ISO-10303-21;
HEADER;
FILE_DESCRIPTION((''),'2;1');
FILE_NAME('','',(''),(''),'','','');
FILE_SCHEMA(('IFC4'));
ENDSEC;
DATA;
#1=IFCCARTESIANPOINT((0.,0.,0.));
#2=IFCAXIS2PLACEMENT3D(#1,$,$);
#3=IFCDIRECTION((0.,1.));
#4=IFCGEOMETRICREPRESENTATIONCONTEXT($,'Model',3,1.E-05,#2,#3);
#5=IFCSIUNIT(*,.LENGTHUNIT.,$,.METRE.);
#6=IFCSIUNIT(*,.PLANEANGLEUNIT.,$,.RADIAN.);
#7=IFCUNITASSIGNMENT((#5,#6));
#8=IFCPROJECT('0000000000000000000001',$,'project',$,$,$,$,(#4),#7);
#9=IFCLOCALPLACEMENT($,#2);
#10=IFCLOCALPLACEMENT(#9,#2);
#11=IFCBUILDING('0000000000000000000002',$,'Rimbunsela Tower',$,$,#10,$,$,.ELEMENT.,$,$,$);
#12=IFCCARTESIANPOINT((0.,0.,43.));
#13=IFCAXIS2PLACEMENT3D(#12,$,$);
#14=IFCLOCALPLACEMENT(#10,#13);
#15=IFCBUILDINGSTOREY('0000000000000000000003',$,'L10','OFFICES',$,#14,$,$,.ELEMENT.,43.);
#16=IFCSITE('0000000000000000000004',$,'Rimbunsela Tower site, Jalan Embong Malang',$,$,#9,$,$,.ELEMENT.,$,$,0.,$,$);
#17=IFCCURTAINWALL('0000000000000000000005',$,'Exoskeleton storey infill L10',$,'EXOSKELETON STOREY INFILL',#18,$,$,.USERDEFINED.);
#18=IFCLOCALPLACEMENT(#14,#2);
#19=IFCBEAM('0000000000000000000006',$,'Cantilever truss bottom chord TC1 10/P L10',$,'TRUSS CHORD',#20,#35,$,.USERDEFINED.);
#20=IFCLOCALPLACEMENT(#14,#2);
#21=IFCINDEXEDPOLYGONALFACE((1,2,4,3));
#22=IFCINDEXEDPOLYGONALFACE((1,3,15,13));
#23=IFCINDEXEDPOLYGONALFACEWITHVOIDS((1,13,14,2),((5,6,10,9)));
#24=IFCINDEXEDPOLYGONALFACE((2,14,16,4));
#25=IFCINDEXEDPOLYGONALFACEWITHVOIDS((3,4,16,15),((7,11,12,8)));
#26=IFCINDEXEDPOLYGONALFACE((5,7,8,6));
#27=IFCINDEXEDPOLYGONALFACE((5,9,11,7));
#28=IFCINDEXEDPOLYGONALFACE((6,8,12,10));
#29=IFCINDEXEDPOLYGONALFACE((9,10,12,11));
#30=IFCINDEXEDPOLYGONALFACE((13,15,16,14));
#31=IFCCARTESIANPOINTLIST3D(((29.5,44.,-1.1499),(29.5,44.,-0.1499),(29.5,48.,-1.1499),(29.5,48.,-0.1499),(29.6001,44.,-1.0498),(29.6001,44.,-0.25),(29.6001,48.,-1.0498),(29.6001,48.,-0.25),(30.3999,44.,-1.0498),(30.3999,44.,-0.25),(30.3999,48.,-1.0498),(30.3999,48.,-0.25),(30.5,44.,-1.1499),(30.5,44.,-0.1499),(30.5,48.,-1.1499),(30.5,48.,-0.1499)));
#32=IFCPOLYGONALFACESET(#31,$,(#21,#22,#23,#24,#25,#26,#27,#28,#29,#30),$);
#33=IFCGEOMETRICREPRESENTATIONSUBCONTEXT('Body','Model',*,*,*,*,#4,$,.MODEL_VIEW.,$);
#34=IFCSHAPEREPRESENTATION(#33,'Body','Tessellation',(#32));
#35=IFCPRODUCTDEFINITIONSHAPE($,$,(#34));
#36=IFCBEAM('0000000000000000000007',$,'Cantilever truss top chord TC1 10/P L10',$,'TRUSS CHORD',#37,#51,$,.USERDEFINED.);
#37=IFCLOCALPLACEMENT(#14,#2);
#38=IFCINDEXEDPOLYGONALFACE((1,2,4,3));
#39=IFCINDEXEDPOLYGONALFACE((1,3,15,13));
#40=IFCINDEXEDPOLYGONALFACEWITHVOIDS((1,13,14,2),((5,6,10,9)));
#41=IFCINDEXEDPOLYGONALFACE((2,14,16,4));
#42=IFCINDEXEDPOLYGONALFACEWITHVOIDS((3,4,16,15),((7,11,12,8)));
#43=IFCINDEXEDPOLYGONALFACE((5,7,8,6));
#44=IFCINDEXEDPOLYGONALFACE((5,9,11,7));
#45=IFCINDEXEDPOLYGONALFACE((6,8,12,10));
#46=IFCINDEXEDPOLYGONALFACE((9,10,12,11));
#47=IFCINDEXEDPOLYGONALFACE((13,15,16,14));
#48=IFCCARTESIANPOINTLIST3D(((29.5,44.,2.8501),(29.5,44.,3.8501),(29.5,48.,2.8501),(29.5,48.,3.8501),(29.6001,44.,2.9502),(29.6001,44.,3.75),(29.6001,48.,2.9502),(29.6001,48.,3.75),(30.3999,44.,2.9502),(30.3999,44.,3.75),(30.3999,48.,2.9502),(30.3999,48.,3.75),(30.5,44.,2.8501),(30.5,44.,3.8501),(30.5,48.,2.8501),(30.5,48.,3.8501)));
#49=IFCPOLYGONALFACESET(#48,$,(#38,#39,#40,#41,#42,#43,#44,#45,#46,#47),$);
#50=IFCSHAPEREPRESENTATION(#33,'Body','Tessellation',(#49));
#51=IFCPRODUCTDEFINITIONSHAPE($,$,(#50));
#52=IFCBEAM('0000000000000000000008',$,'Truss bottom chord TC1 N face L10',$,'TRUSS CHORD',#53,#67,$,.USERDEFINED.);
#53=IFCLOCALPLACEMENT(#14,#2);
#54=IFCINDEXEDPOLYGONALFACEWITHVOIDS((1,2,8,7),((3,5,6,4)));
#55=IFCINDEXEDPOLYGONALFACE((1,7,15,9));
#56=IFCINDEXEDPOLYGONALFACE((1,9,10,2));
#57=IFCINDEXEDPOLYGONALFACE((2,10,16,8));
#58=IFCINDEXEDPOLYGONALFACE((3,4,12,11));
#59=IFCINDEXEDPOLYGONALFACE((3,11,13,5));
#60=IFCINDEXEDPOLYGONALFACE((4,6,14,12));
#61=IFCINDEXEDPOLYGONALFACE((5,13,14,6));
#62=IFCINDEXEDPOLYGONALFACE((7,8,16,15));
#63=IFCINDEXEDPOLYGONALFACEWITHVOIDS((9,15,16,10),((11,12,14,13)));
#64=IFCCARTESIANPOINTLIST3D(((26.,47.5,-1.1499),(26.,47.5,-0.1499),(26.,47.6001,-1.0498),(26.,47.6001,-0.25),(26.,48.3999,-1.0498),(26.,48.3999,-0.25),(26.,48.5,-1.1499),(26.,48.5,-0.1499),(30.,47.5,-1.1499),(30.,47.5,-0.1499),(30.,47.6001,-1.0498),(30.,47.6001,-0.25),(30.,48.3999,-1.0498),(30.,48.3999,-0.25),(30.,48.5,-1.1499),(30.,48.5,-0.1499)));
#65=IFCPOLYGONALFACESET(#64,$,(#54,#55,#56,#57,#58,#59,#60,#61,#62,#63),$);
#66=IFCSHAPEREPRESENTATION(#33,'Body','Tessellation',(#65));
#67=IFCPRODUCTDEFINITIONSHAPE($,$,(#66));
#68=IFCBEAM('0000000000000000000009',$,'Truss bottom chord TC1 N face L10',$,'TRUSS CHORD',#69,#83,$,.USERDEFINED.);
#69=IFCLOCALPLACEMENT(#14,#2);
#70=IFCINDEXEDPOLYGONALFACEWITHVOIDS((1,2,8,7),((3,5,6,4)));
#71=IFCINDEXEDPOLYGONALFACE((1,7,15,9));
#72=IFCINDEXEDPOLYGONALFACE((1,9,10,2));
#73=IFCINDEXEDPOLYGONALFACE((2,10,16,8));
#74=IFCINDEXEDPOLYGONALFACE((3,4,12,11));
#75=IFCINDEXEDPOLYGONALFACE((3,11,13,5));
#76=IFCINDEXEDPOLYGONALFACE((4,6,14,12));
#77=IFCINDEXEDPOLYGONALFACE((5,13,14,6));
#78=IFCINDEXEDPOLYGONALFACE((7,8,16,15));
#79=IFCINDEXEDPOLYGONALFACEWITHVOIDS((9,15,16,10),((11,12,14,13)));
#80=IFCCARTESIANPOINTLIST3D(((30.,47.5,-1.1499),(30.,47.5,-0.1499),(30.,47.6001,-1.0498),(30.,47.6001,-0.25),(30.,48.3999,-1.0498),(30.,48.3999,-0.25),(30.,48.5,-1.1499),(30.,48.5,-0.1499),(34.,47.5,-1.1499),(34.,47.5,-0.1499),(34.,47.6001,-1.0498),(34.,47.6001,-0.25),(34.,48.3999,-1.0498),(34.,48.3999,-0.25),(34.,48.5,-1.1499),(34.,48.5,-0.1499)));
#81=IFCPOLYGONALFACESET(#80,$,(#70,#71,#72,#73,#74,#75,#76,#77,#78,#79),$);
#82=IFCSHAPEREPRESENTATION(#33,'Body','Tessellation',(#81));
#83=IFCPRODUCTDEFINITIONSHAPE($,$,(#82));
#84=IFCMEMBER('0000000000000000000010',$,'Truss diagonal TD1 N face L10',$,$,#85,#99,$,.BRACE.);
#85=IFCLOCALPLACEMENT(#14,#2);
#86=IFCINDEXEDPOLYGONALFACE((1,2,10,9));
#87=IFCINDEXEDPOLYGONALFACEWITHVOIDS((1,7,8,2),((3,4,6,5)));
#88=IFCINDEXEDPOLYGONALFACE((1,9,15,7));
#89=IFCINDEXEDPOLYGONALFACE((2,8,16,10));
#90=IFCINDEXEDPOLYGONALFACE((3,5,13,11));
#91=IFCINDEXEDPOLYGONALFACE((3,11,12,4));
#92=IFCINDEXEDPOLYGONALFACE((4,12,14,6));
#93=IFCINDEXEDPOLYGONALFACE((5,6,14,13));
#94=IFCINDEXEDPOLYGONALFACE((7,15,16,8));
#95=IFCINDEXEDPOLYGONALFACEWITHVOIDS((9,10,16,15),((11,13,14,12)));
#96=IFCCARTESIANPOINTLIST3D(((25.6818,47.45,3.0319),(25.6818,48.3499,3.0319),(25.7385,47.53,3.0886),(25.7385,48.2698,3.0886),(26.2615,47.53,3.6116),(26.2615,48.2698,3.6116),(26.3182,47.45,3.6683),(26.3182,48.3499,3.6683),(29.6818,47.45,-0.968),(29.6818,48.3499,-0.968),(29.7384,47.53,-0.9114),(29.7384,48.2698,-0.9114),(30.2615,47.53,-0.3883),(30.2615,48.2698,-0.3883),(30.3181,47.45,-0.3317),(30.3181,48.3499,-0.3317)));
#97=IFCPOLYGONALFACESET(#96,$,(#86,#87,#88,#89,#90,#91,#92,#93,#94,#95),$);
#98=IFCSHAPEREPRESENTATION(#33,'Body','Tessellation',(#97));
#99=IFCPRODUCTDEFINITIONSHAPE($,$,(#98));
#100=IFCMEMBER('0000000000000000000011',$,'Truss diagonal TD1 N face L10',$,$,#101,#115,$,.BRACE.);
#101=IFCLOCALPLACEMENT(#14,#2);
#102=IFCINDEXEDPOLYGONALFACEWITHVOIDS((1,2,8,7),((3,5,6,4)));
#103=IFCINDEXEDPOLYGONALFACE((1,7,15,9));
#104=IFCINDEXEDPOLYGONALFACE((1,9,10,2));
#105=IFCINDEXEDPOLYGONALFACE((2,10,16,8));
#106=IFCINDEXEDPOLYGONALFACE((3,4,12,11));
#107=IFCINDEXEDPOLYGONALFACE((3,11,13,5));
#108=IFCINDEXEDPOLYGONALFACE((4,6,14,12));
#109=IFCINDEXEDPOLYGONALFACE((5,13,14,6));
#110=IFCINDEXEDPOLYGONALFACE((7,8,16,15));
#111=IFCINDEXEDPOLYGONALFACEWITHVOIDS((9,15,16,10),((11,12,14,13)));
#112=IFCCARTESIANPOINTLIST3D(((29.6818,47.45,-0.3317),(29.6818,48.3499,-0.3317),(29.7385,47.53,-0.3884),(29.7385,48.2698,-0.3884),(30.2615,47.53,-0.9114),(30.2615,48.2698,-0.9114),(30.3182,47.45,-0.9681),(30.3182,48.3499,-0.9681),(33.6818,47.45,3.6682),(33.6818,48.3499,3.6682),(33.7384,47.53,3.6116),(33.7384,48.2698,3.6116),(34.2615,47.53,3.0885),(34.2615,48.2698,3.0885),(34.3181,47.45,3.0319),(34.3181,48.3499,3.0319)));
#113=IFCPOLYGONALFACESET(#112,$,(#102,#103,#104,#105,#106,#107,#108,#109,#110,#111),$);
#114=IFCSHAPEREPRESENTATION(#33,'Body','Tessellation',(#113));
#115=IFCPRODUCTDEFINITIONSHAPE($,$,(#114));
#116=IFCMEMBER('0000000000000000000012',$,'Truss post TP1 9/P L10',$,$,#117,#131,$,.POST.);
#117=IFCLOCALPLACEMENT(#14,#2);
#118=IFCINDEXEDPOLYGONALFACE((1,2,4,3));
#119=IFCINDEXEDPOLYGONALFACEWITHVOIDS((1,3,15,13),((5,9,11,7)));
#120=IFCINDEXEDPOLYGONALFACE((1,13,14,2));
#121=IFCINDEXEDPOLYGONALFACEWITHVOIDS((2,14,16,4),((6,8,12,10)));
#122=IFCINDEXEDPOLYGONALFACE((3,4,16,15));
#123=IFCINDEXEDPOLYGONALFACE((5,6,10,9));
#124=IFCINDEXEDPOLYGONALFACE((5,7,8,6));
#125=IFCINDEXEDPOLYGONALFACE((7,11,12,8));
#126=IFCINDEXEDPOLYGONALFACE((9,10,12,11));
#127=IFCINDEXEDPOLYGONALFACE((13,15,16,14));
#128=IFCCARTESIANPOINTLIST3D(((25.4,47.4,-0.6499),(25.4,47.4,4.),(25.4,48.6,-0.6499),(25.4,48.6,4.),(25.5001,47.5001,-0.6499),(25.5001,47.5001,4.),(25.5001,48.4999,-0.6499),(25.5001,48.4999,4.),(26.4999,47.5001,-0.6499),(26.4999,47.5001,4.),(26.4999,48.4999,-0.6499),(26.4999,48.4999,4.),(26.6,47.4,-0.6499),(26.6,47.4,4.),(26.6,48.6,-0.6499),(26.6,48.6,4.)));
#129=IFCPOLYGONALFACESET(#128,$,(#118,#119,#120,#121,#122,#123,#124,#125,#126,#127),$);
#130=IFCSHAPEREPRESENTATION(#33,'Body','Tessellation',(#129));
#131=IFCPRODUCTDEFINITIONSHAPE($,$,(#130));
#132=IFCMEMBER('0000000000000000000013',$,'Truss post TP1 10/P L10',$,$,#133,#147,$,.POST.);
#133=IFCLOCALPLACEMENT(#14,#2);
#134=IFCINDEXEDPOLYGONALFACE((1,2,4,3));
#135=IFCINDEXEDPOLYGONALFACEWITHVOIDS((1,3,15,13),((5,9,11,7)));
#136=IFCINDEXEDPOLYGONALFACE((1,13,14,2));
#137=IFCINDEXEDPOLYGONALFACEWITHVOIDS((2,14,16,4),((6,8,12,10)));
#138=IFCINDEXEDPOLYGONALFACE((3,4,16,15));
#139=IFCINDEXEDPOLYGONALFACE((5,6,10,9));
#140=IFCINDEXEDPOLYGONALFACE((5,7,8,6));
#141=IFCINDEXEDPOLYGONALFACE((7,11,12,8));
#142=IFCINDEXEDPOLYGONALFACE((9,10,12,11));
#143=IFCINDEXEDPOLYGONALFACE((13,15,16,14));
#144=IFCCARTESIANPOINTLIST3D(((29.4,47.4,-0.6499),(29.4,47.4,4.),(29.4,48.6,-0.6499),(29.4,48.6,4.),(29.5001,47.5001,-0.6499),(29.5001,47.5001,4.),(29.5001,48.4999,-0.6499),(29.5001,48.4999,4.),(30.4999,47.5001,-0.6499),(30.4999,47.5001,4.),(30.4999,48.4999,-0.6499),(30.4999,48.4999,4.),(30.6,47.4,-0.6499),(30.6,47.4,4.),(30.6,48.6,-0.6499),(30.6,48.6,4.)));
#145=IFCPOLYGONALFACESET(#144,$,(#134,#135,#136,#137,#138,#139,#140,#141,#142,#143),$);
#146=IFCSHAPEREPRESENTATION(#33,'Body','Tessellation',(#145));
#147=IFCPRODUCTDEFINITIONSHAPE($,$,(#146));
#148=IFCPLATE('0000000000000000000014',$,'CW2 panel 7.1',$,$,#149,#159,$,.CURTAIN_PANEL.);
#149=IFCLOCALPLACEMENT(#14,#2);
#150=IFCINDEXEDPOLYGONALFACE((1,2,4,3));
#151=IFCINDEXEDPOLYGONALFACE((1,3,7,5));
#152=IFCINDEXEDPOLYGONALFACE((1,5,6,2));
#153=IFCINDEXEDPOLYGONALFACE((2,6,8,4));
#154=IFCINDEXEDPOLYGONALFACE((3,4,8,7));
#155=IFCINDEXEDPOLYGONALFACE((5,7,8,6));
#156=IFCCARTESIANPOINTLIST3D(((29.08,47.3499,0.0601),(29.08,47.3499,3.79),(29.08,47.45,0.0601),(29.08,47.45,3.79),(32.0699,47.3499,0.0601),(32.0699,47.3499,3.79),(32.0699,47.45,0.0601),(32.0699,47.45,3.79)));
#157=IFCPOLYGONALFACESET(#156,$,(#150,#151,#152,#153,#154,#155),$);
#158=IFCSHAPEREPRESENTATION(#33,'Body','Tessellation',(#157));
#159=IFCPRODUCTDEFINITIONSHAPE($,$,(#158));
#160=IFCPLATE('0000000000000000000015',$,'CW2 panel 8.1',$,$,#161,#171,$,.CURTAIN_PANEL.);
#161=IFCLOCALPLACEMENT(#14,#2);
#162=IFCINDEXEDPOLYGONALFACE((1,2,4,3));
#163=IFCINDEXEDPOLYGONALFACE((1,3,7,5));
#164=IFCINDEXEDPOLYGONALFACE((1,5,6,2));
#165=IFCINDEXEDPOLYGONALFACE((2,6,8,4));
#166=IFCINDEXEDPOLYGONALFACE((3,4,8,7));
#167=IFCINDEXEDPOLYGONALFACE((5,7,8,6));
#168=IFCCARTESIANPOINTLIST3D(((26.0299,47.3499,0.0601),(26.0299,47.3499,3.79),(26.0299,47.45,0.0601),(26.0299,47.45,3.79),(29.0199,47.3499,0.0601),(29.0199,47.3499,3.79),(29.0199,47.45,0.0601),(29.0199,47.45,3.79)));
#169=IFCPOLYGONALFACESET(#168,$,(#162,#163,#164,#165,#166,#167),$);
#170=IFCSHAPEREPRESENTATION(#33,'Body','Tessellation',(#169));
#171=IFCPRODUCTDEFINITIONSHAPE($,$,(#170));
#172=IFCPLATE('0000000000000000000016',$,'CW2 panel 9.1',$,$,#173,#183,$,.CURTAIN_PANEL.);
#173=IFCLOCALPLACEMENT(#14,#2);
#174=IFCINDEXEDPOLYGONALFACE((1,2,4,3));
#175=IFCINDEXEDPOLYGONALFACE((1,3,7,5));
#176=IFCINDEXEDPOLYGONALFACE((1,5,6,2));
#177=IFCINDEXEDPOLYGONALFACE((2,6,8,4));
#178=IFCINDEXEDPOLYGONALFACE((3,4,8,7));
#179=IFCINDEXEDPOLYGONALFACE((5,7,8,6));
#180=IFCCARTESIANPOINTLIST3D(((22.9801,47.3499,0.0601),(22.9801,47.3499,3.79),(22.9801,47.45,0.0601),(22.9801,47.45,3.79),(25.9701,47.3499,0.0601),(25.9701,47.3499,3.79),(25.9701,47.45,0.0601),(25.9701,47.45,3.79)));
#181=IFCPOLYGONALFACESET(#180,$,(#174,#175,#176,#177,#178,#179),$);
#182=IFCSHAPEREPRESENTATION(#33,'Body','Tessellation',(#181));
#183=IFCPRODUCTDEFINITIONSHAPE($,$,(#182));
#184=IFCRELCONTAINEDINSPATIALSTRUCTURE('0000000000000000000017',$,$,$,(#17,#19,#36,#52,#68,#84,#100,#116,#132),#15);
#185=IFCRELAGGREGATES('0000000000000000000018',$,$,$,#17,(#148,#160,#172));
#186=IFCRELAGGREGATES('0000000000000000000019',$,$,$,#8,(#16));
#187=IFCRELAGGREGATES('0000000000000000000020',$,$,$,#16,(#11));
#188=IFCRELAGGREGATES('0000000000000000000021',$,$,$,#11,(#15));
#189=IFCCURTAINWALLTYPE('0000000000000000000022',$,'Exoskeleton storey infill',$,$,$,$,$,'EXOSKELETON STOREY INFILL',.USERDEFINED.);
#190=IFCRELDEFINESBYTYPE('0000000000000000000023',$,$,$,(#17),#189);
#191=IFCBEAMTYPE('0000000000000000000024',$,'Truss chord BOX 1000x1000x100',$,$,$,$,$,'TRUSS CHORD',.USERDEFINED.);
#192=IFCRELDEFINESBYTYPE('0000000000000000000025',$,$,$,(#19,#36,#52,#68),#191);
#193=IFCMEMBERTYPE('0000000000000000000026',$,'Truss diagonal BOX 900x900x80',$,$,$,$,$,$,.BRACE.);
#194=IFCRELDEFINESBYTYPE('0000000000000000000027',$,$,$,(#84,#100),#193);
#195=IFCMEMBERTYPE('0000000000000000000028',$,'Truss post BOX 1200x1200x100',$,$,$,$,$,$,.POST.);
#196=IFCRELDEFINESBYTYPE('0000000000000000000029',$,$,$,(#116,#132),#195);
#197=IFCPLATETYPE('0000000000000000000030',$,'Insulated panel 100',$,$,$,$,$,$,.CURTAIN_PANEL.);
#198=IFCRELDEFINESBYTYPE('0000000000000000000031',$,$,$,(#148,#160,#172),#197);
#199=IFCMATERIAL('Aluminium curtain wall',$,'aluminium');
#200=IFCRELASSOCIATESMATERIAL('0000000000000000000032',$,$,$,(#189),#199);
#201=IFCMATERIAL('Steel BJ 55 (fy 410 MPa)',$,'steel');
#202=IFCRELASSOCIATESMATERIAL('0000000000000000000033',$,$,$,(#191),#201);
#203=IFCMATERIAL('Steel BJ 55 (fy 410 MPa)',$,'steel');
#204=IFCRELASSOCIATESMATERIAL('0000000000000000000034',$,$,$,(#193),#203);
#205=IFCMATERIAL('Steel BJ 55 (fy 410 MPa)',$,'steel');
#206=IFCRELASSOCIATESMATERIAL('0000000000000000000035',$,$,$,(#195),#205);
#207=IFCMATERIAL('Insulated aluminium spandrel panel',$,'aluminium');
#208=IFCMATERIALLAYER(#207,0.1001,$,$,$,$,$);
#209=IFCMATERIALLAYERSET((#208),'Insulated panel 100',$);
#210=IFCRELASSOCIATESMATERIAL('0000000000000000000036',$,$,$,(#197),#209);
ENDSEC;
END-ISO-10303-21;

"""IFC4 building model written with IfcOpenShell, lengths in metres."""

from ifc_helpers import new_model, si_unit, direction, frame, origin, origin_2d, place, context, subcontext, project, spatial, rectangle, hollow_rectangle, extrude, material, layer, layer_set, material_profile, profile_set, type_object, element, aggregate, save


model = new_model("IFC4")

# Units and contexts
model_context = context("Model", 3, precision=1e-05, world=origin(), true_north=direction((0.0, 1.0)))
body_context = subcontext(model_context, "Body", "Model", "MODEL_VIEW")
ifc_project = project(units=[si_unit("LENGTHUNIT", "METRE"), si_unit("PLANEANGLEUNIT", "RADIAN")], contexts=[model_context])

# Site, building, storey
site_placement = place(None, origin())
site = spatial("IfcSite", under=ifc_project, at=site_placement, Name="Rimbunsela Tower site, Jalan Embong Malang", CompositionType="ELEMENT", RefElevation=0.0)
building_placement = place(site_placement, origin())
building = spatial("IfcBuilding", under=site, at=building_placement, Name="Rimbunsela Tower", CompositionType="ELEMENT")
storey_placement = place(building_placement, frame((0.0, 0.0, 43.0)))
storey = spatial("IfcBuildingStorey", under=building, at=storey_placement, Name="L10", Description="OFFICES", CompositionType="ELEMENT", Elevation=43.0)

# Curtain wall
ifc_material_1 = material(Name="Aluminium curtain wall", Category="aluminium")
curtain_wall_type = type_object("IfcCurtainWallType", Name="Exoskeleton storey infill", ElementType="EXOSKELETON STOREY INFILL", PredefinedType="USERDEFINED", material=ifc_material_1)
curtain_wall_placement = place(storey_placement, origin())
curtain_wall = element("IfcCurtainWall", 1, at=curtain_wall_placement, inside=storey, type_object=curtain_wall_type, Name="Exoskeleton storey infill L10", ObjectType="EXOSKELETON STOREY INFILL", PredefinedType="USERDEFINED")

# Beams
ifc_material_2 = material(Name="Steel BJ 55 (fy 410 MPa)", Category="steel")
ifc_material_profile_1 = material_profile(ifc_material_2, hollow_rectangle(XDim=1.0, YDim=1.0, WallThickness=0.1001, at=origin_2d()), Name="BOX 1000x1000x100")
ifc_profile_set_1 = profile_set([ifc_material_profile_1], Name="Steel BJ 55 (fy 410 MPa)")
beam_type_1 = type_object("IfcBeamType", Name="Truss chord BOX 1000x1000x100", ElementType="TRUSS CHORD", PredefinedType="USERDEFINED", material=ifc_profile_set_1)
for number, where, z_axis, x_axis, name in (
    (2, (30.0, 44.0, -0.6499), (0.0, 1.0, 0.0), (-1.0, 0.0, 0.0), "Cantilever truss bottom chord TC1 10/P L10"),
    (3, (30.0, 44.0, 3.3501), (0.0, 1.0, 0.0), (-1.0, 0.0, 0.0), "Cantilever truss top chord TC1 10/P L10"),
    (4, (26.0, 48.0, -0.6499), (1.0, 0.0, 0.0), (0.0, 1.0, 0.0), "Truss bottom chord TC1 N face L10"),
    (5, (30.0, 48.0, -0.6499), (1.0, 0.0, 0.0), (0.0, 1.0, 0.0), "Truss bottom chord TC1 N face L10"),
):
    element("IfcBeam", number, at=place(storey_placement, frame(where, z_axis=z_axis, x_axis=x_axis)), inside=storey, type_object=beam_type_1, Name=name, ObjectType="TRUSS CHORD", PredefinedType="USERDEFINED", context=body_context, shape_type="SweptSolid", body=[
        extrude(hollow_rectangle(XDim=1.0, YDim=1.0, WallThickness=0.1001, at=origin_2d()), origin(), (0.0, 0.0, 1.0), 4.0),
    ])

# Members
ifc_material_3 = material(Name="Steel BJ 55 (fy 410 MPa)", Category="steel")
ifc_material_profile_2 = material_profile(ifc_material_3, hollow_rectangle(XDim=0.8999, YDim=0.8999, WallThickness=0.0801, at=origin_2d()), Name="BOX 900x900x80")
ifc_profile_set_2 = profile_set([ifc_material_profile_2], Name="Steel BJ 55 (fy 410 MPa)")
member_type_1 = type_object("IfcMemberType", Name="Truss diagonal BOX 900x900x80", PredefinedType="BRACE", material=ifc_profile_set_2)
for number, where, z_axis, x_axis, name in (
    (6, (26.0, 47.8999, 3.3501), (0.707107, 0.0, -0.707107), (0.0, 1.0, 0.0), "Truss diagonal TD1 N face L10"),
    (7, (30.0, 47.8999, -0.6499), (0.707107, 0.0, 0.707107), (0.0, 1.0, 0.0), "Truss diagonal TD1 N face L10"),
):
    element("IfcMember", number, at=place(storey_placement, frame(where, z_axis=z_axis, x_axis=x_axis)), inside=storey, type_object=member_type_1, Name=name, PredefinedType="BRACE", context=body_context, shape_type="SweptSolid", body=[
        extrude(hollow_rectangle(XDim=0.8999, YDim=0.8999, WallThickness=0.0801, at=origin_2d()), origin(), (0.0, 0.0, 1.0), 5.6567),
    ])
ifc_material_4 = material(Name="Steel BJ 55 (fy 410 MPa)", Category="steel")
ifc_material_profile_3 = material_profile(ifc_material_4, hollow_rectangle(XDim=1.2, YDim=1.2, WallThickness=0.1001, at=origin_2d()), Name="BOX 1200x1200x100")
ifc_profile_set_3 = profile_set([ifc_material_profile_3], Name="Steel BJ 55 (fy 410 MPa)")
member_type_2 = type_object("IfcMemberType", Name="Truss post BOX 1200x1200x100", PredefinedType="POST", material=ifc_profile_set_3)
for number, where, z_axis, x_axis, name in (
    (8, (26.0, 48.0, -0.6499), (0.0, 0.0, 1.0), (1.0, 0.0, 0.0), "Truss post TP1 9/P L10"),
    (9, (30.0, 48.0, -0.6499), (0.0, 0.0, 1.0), (1.0, 0.0, 0.0), "Truss post TP1 10/P L10"),
):
    element("IfcMember", number, at=place(storey_placement, frame(where, z_axis=z_axis, x_axis=x_axis)), inside=storey, type_object=member_type_2, Name=name, PredefinedType="POST", context=body_context, shape_type="SweptSolid", body=[
        extrude(hollow_rectangle(XDim=1.2, YDim=1.2, WallThickness=0.1001, at=origin_2d()), origin(), (0.0, 0.0, 1.0), 4.6499),
    ])

# Plates
ifc_material_5 = material(Name="Insulated aluminium spandrel panel", Category="aluminium")
ifc_layer = layer(ifc_material_5, 0.1001)
ifc_layer_set = layer_set([ifc_layer], Name="Insulated panel 100")
plate_type = type_object("IfcPlateType", Name="Insulated panel 100", PredefinedType="CURTAIN_PANEL", material=ifc_layer_set)
plate_1_placement = place(storey_placement, frame((30.575, 47.3999, 0.0601), z_axis=(0.0, 0.0, 1.0), x_axis=(-1.0, 0.0, 0.0)))
plate_1 = element("IfcPlate", 10, at=plate_1_placement, type_object=plate_type, Name="CW2 panel 7.1", PredefinedType="CURTAIN_PANEL", context=body_context, shape_type="SweptSolid", body=[
    extrude(rectangle(XDim=2.99, YDim=0.1001, at=origin_2d()), origin(), (0.0, 0.0, 1.0), 3.73),
])
plate_2_placement = place(storey_placement, frame((27.5249, 47.3999, 0.0601), z_axis=(0.0, 0.0, 1.0), x_axis=(-1.0, 0.0, 0.0)))
plate_2 = element("IfcPlate", 11, at=plate_2_placement, type_object=plate_type, Name="CW2 panel 8.1", PredefinedType="CURTAIN_PANEL", context=body_context, shape_type="SweptSolid", body=[
    extrude(rectangle(XDim=2.99, YDim=0.1001, at=origin_2d()), origin(), (0.0, 0.0, 1.0), 3.73),
])
plate_3_placement = place(storey_placement, frame((24.4751, 47.3999, 0.0601), z_axis=(0.0, 0.0, 1.0), x_axis=(-1.0, 0.0, 0.0)))
plate_3 = element("IfcPlate", 12, at=plate_3_placement, type_object=plate_type, Name="CW2 panel 9.1", PredefinedType="CURTAIN_PANEL", context=body_context, shape_type="SweptSolid", body=[
    extrude(rectangle(XDim=2.99, YDim=0.1001, at=origin_2d()), origin(), (0.0, 0.0, 1.0), 3.73),
])
aggregate(curtain_wall, [plate_1, plate_2, plate_3])

save(model, "model.ifc")
